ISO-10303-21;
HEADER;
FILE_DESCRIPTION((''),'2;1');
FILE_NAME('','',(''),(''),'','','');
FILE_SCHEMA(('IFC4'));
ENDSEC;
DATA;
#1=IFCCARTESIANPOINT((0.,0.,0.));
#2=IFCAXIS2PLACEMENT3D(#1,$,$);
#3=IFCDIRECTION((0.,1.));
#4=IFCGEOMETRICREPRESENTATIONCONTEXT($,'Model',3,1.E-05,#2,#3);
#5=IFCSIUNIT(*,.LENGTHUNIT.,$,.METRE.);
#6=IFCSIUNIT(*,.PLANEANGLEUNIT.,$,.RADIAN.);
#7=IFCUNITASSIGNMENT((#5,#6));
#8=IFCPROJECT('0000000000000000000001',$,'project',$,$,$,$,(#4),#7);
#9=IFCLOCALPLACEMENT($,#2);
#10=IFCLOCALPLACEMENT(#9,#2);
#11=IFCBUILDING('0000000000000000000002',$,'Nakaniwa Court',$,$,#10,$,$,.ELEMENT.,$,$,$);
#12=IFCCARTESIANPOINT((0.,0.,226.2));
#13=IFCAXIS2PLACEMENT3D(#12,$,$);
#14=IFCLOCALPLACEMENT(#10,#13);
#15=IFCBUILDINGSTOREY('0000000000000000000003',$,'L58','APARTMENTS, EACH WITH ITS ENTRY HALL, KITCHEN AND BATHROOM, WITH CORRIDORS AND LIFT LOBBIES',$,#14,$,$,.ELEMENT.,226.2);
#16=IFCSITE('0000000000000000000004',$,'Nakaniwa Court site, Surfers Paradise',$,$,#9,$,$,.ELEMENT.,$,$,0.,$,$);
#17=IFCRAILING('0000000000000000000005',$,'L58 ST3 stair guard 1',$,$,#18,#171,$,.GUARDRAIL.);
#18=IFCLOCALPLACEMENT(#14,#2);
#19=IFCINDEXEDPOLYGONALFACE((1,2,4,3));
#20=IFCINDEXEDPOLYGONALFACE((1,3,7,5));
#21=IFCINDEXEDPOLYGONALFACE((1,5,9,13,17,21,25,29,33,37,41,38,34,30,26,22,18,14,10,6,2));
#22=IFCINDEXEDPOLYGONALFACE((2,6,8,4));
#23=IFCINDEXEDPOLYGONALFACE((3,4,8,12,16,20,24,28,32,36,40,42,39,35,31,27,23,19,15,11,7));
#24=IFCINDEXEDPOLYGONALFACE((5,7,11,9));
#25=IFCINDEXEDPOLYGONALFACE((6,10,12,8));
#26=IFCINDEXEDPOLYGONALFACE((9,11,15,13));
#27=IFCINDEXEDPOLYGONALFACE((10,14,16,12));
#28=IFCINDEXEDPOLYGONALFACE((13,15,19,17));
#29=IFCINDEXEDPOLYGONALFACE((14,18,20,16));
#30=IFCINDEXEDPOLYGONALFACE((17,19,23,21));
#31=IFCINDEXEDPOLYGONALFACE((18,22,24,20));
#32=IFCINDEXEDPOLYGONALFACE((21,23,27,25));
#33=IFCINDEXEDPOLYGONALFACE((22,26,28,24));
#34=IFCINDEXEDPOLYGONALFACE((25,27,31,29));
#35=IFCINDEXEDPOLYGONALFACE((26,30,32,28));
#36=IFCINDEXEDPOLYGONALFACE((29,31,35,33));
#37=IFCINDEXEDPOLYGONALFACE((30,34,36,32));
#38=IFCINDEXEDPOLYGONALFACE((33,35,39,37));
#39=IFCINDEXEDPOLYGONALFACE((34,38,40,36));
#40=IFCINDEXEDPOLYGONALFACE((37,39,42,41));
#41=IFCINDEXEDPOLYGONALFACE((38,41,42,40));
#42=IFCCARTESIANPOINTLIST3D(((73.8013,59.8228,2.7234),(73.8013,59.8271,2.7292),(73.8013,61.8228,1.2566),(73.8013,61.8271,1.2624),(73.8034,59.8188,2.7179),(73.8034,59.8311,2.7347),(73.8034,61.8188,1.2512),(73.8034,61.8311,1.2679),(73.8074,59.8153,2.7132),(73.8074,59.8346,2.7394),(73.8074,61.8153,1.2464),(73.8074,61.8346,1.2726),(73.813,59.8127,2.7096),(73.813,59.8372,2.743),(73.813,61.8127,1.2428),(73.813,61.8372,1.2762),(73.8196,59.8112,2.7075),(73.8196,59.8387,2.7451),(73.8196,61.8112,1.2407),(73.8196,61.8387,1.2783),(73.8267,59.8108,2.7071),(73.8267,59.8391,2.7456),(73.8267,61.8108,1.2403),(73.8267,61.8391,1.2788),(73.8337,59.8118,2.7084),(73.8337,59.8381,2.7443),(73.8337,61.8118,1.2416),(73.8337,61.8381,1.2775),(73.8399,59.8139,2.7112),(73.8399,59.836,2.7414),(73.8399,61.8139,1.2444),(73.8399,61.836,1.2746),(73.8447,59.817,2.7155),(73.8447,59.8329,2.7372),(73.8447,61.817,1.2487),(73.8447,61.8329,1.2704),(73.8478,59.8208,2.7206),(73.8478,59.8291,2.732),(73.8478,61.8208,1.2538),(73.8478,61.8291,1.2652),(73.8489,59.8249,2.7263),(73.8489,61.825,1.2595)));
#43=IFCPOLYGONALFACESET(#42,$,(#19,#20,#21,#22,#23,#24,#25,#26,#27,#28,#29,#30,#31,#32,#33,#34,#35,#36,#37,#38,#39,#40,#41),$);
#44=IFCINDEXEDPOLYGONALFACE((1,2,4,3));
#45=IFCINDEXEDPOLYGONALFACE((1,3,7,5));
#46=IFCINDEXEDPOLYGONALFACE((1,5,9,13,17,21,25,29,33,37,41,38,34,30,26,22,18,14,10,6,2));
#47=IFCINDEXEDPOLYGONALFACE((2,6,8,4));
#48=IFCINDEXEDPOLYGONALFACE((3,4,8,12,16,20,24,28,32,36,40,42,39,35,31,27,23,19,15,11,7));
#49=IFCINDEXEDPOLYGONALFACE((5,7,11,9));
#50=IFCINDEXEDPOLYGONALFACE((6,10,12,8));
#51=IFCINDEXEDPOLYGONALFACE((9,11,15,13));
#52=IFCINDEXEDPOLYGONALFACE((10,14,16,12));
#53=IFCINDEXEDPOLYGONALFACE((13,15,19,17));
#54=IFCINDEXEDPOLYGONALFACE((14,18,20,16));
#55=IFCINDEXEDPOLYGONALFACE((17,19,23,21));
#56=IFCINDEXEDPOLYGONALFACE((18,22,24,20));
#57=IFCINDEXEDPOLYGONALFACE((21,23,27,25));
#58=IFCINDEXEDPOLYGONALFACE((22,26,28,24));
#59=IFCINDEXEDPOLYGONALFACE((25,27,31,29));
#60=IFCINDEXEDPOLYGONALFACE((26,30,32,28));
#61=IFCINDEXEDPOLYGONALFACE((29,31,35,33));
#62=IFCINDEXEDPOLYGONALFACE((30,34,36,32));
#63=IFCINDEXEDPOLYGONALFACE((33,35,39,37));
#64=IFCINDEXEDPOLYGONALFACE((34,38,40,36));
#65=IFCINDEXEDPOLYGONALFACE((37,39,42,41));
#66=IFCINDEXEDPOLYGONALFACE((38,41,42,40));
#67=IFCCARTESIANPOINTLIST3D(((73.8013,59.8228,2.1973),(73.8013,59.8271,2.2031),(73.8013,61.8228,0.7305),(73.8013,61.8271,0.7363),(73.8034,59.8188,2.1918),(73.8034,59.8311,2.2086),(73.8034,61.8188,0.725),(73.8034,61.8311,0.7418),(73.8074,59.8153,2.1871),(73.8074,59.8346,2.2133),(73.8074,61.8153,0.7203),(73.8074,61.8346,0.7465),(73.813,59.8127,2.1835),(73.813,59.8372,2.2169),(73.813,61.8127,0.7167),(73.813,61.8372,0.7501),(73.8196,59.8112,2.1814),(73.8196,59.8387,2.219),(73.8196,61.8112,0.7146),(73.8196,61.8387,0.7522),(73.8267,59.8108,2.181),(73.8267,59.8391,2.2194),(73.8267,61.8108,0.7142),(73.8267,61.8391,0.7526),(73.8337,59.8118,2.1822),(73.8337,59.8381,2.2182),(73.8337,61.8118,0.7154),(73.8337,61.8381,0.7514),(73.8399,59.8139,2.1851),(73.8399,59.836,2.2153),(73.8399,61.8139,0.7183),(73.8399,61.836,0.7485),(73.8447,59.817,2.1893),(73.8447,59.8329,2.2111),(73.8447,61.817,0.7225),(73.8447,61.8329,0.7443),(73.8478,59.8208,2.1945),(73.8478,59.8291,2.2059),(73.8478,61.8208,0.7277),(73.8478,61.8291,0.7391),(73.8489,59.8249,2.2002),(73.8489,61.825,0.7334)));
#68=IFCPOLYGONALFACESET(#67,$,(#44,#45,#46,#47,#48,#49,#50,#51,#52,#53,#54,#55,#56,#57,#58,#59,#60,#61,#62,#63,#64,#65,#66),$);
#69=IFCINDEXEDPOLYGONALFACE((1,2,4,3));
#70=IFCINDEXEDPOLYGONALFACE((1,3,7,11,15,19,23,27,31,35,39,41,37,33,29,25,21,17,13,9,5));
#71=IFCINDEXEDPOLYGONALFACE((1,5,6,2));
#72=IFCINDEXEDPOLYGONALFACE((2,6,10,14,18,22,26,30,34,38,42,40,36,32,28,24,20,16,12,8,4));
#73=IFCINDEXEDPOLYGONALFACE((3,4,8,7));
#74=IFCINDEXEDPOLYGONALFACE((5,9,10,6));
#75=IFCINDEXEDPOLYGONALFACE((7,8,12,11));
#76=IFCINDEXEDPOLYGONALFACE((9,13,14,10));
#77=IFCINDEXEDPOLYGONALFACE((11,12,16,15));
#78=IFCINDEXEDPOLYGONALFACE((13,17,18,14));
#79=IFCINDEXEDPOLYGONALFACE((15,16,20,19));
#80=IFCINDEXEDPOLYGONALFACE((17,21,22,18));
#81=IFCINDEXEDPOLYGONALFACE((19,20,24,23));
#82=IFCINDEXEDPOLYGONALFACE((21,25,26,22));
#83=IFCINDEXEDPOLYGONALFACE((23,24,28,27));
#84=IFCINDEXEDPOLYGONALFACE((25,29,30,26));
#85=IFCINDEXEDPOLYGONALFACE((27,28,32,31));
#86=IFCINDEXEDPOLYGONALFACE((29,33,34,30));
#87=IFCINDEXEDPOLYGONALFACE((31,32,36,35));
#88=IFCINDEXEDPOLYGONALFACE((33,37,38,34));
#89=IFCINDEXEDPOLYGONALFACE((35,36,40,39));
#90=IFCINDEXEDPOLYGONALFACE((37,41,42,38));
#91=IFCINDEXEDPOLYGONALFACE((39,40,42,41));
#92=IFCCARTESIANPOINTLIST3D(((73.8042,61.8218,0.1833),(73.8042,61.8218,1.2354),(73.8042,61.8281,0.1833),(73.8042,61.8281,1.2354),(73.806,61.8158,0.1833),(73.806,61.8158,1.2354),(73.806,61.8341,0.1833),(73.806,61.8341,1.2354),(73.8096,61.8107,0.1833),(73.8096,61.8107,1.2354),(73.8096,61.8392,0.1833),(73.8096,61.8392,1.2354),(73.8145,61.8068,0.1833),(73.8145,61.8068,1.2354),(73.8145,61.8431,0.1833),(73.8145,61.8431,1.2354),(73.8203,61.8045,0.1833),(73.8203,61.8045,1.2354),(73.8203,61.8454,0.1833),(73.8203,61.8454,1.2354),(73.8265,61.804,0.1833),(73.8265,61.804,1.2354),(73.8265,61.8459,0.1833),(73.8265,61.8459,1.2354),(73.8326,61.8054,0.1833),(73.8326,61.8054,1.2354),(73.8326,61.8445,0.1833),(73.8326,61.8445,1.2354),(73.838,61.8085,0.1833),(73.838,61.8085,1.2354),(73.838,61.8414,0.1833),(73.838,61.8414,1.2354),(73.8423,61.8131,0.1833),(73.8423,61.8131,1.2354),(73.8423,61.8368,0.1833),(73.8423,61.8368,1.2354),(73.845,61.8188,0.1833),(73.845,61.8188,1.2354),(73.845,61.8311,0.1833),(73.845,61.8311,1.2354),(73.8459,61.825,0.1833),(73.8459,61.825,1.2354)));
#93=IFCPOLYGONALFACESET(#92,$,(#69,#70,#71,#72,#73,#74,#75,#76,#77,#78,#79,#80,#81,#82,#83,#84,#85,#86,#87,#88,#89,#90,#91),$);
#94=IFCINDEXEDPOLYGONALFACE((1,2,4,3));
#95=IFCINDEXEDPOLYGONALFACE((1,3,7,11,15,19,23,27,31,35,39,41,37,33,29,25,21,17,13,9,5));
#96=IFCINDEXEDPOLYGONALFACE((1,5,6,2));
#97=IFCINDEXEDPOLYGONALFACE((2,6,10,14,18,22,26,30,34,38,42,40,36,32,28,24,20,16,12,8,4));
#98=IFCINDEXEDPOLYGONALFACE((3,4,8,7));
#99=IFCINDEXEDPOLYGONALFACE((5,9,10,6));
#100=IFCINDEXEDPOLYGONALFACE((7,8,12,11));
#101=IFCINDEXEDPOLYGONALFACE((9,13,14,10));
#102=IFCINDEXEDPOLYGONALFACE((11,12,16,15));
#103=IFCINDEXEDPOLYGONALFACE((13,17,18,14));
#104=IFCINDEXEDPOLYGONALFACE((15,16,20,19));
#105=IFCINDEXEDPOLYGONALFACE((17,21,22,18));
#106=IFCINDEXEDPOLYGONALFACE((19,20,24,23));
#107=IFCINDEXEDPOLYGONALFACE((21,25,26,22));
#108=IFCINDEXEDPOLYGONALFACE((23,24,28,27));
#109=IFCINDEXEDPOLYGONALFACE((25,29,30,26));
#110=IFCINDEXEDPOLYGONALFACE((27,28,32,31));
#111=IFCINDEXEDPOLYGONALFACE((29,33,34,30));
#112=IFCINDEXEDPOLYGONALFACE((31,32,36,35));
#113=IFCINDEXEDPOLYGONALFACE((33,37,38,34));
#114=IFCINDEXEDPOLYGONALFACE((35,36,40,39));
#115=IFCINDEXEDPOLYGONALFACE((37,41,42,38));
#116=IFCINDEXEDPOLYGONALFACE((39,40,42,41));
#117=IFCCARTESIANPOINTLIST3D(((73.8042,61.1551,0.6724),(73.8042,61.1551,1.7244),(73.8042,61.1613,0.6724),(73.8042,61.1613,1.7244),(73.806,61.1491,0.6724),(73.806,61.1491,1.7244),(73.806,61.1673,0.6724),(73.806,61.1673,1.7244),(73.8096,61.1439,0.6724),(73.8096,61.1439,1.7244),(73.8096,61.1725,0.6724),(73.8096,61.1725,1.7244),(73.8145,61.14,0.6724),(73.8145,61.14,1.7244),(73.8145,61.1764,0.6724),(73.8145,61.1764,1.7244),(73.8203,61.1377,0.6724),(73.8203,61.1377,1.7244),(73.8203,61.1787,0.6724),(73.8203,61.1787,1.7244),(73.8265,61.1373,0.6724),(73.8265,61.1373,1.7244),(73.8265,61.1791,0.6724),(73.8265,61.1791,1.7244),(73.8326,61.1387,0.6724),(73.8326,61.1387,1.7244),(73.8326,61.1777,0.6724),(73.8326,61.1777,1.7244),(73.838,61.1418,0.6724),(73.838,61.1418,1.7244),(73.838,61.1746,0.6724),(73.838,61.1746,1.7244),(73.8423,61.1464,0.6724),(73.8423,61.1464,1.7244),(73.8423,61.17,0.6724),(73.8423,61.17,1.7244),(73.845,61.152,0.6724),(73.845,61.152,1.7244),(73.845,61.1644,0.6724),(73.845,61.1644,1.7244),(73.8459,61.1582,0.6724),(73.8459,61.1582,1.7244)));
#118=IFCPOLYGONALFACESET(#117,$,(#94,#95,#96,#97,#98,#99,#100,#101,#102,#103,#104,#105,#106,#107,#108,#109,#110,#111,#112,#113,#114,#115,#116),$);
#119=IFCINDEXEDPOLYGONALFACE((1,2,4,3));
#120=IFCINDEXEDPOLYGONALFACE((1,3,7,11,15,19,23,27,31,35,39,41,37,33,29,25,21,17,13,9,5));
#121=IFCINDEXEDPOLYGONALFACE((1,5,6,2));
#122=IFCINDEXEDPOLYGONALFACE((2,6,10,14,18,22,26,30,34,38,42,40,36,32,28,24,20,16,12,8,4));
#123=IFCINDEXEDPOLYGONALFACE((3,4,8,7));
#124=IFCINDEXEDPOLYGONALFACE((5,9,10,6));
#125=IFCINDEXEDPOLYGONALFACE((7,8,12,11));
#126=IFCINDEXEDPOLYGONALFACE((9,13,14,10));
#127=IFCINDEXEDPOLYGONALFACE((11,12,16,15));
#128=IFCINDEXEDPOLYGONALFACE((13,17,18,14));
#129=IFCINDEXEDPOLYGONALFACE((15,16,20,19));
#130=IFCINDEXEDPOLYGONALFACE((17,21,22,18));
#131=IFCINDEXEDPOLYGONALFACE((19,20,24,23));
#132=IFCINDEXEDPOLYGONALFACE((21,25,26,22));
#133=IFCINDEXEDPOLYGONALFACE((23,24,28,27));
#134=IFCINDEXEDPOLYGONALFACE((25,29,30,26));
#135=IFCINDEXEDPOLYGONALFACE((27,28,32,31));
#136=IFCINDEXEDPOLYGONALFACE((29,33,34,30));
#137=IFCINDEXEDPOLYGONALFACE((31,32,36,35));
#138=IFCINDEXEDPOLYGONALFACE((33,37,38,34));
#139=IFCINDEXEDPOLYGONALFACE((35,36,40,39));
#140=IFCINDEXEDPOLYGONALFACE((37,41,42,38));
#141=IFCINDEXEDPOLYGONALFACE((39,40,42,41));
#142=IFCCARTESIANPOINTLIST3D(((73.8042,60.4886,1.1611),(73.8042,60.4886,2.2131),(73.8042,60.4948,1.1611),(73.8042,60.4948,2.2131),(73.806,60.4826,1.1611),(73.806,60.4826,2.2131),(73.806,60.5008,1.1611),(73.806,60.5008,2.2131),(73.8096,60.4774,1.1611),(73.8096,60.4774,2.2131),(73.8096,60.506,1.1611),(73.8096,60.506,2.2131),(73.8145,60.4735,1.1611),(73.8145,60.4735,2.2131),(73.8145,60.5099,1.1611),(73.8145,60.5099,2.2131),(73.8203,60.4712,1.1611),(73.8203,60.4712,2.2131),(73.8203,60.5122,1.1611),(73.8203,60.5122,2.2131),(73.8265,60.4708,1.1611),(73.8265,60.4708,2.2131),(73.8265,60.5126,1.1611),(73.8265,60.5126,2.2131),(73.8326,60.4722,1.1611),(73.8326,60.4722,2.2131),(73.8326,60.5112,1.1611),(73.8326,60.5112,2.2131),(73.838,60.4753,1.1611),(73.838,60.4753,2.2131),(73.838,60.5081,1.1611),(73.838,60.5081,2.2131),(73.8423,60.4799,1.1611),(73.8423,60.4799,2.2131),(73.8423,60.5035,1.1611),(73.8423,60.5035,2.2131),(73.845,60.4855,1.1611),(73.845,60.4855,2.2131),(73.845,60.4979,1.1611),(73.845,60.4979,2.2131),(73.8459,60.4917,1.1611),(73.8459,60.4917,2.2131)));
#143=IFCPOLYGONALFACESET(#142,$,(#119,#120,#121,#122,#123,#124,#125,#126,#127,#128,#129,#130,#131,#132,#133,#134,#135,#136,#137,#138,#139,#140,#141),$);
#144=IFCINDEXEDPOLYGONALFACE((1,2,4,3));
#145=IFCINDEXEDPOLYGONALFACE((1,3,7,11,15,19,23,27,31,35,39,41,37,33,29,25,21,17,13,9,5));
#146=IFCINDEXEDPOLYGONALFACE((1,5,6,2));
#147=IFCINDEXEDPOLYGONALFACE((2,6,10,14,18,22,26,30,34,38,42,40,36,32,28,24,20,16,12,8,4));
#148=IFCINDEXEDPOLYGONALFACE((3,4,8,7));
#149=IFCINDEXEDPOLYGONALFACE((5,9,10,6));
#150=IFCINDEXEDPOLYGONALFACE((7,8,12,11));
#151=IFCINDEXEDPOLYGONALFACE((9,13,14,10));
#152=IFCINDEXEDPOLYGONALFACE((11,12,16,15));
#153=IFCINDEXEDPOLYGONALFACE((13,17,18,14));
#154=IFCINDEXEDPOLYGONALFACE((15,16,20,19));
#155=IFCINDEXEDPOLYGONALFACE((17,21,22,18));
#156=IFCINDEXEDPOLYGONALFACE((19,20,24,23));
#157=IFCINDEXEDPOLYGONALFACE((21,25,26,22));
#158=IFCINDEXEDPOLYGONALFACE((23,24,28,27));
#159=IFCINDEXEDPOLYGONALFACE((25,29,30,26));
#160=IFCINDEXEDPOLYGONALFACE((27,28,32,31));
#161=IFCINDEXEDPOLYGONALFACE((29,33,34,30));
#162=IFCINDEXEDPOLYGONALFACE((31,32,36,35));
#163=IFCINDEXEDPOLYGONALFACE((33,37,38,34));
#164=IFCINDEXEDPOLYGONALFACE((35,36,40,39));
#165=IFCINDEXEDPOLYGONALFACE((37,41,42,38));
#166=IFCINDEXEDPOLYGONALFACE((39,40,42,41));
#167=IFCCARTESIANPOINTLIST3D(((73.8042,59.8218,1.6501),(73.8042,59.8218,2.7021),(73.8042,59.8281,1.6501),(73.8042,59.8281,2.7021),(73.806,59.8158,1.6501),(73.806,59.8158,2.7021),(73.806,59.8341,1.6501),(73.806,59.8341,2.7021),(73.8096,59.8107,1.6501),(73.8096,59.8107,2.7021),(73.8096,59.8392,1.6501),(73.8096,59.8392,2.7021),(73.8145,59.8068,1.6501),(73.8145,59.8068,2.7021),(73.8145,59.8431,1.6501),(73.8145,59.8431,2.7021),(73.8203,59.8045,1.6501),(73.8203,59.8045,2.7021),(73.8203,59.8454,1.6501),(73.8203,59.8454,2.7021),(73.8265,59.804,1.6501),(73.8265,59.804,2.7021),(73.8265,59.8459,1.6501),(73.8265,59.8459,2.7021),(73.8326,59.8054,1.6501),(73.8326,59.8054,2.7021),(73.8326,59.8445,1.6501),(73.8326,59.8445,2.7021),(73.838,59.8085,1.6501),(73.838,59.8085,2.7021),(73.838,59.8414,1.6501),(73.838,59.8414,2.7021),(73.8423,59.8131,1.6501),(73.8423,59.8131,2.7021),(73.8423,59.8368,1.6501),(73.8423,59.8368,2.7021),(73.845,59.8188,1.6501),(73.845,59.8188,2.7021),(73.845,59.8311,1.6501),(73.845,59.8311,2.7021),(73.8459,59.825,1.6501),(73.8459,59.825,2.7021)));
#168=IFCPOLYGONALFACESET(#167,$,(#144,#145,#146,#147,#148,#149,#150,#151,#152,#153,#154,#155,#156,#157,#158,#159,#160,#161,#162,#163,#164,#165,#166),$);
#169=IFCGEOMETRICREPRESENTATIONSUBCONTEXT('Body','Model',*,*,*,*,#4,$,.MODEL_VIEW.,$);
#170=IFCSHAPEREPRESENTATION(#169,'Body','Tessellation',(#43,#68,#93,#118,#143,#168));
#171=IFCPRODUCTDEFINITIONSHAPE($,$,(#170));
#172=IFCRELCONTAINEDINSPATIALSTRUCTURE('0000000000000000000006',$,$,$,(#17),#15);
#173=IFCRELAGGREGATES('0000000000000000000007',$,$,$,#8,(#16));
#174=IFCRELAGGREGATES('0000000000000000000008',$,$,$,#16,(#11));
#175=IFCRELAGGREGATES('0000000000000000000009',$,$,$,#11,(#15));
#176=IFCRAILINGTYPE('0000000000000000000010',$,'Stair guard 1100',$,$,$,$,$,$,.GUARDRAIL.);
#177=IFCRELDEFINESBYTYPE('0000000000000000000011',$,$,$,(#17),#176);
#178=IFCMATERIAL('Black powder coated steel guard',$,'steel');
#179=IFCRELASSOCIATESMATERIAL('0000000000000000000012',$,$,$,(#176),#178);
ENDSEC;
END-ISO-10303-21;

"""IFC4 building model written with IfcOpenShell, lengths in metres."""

from ifc_helpers import new_model, si_unit, direction, frame, origin, origin_2d, place, context, subcontext, project, spatial, circle, extrude, material, type_object, element, save


model = new_model("IFC4")

# Units and contexts
model_context = context("Model", 3, precision=1e-05, world=origin(), true_north=direction((0.0, 1.0)))
body_context = subcontext(model_context, "Body", "Model", "MODEL_VIEW")
ifc_project = project(units=[si_unit("LENGTHUNIT", "METRE"), si_unit("PLANEANGLEUNIT", "RADIAN")], contexts=[model_context])

# Site, building, storey
site_placement = place(None, origin())
site = spatial("IfcSite", under=ifc_project, at=site_placement, Name="Nakaniwa Court site, Surfers Paradise", CompositionType="ELEMENT", RefElevation=0.0)
building_placement = place(site_placement, origin())
building = spatial("IfcBuilding", under=site, at=building_placement, Name="Nakaniwa Court", CompositionType="ELEMENT")
storey_placement = place(building_placement, frame((0.0, 0.0, 226.2)))
storey = spatial("IfcBuildingStorey", under=building, at=storey_placement, Name="L58", Description="APARTMENTS, EACH WITH ITS ENTRY HALL, KITCHEN AND BATHROOM, WITH CORRIDORS AND LIFT LOBBIES", CompositionType="ELEMENT", Elevation=226.2)

# Railing
ifc_material_1 = material(Name="Black powder coated steel guard", Category="steel")
railing_type_1 = type_object("IfcRailingType", Name="Stair guard 1100", PredefinedType="GUARDRAIL", material=ifc_material_1)
railing_1_placement = place(storey_placement, frame((73.825, 61.825, 0.1833)))
element("IfcRailing", 1, at=railing_1_placement, inside=storey, type_object=railing_type_1, Name="L58 ST3 stair guard 1", PredefinedType="GUARDRAIL", context=body_context, shape_type="SweptSolid", body=[
    extrude(circle(Radius=0.0239, at=origin_2d()), frame((0.0, 0.0, 1.0762), z_axis=(0.0, -0.80638, 0.591398), x_axis=(1.0, 0.0, 0.0)), (0.0, 0.0, 1.0), 2.4802),
    extrude(circle(Radius=0.0239, at=origin_2d()), frame((0.0, 0.0, 0.55), z_axis=(0.0, -0.80638, 0.591398), x_axis=(1.0, 0.0, 0.0)), (0.0, 0.0, 1.0), 2.4802),
    extrude(circle(Radius=0.021, at=origin_2d()), origin(), (0.0, 0.0, 1.0), 1.052),
    extrude(circle(Radius=0.021, at=origin_2d()), frame((0.0, -0.6667, 0.489)), (0.0, 0.0, 1.0), 1.052),
    extrude(circle(Radius=0.021, at=origin_2d()), frame((0.0, -1.3333, 0.9778)), (0.0, 0.0, 1.0), 1.052),
    extrude(circle(Radius=0.021, at=origin_2d()), frame((0.0, -2.0, 1.4668)), (0.0, 0.0, 1.0), 1.052),
])

save(model, "model.ifc")
